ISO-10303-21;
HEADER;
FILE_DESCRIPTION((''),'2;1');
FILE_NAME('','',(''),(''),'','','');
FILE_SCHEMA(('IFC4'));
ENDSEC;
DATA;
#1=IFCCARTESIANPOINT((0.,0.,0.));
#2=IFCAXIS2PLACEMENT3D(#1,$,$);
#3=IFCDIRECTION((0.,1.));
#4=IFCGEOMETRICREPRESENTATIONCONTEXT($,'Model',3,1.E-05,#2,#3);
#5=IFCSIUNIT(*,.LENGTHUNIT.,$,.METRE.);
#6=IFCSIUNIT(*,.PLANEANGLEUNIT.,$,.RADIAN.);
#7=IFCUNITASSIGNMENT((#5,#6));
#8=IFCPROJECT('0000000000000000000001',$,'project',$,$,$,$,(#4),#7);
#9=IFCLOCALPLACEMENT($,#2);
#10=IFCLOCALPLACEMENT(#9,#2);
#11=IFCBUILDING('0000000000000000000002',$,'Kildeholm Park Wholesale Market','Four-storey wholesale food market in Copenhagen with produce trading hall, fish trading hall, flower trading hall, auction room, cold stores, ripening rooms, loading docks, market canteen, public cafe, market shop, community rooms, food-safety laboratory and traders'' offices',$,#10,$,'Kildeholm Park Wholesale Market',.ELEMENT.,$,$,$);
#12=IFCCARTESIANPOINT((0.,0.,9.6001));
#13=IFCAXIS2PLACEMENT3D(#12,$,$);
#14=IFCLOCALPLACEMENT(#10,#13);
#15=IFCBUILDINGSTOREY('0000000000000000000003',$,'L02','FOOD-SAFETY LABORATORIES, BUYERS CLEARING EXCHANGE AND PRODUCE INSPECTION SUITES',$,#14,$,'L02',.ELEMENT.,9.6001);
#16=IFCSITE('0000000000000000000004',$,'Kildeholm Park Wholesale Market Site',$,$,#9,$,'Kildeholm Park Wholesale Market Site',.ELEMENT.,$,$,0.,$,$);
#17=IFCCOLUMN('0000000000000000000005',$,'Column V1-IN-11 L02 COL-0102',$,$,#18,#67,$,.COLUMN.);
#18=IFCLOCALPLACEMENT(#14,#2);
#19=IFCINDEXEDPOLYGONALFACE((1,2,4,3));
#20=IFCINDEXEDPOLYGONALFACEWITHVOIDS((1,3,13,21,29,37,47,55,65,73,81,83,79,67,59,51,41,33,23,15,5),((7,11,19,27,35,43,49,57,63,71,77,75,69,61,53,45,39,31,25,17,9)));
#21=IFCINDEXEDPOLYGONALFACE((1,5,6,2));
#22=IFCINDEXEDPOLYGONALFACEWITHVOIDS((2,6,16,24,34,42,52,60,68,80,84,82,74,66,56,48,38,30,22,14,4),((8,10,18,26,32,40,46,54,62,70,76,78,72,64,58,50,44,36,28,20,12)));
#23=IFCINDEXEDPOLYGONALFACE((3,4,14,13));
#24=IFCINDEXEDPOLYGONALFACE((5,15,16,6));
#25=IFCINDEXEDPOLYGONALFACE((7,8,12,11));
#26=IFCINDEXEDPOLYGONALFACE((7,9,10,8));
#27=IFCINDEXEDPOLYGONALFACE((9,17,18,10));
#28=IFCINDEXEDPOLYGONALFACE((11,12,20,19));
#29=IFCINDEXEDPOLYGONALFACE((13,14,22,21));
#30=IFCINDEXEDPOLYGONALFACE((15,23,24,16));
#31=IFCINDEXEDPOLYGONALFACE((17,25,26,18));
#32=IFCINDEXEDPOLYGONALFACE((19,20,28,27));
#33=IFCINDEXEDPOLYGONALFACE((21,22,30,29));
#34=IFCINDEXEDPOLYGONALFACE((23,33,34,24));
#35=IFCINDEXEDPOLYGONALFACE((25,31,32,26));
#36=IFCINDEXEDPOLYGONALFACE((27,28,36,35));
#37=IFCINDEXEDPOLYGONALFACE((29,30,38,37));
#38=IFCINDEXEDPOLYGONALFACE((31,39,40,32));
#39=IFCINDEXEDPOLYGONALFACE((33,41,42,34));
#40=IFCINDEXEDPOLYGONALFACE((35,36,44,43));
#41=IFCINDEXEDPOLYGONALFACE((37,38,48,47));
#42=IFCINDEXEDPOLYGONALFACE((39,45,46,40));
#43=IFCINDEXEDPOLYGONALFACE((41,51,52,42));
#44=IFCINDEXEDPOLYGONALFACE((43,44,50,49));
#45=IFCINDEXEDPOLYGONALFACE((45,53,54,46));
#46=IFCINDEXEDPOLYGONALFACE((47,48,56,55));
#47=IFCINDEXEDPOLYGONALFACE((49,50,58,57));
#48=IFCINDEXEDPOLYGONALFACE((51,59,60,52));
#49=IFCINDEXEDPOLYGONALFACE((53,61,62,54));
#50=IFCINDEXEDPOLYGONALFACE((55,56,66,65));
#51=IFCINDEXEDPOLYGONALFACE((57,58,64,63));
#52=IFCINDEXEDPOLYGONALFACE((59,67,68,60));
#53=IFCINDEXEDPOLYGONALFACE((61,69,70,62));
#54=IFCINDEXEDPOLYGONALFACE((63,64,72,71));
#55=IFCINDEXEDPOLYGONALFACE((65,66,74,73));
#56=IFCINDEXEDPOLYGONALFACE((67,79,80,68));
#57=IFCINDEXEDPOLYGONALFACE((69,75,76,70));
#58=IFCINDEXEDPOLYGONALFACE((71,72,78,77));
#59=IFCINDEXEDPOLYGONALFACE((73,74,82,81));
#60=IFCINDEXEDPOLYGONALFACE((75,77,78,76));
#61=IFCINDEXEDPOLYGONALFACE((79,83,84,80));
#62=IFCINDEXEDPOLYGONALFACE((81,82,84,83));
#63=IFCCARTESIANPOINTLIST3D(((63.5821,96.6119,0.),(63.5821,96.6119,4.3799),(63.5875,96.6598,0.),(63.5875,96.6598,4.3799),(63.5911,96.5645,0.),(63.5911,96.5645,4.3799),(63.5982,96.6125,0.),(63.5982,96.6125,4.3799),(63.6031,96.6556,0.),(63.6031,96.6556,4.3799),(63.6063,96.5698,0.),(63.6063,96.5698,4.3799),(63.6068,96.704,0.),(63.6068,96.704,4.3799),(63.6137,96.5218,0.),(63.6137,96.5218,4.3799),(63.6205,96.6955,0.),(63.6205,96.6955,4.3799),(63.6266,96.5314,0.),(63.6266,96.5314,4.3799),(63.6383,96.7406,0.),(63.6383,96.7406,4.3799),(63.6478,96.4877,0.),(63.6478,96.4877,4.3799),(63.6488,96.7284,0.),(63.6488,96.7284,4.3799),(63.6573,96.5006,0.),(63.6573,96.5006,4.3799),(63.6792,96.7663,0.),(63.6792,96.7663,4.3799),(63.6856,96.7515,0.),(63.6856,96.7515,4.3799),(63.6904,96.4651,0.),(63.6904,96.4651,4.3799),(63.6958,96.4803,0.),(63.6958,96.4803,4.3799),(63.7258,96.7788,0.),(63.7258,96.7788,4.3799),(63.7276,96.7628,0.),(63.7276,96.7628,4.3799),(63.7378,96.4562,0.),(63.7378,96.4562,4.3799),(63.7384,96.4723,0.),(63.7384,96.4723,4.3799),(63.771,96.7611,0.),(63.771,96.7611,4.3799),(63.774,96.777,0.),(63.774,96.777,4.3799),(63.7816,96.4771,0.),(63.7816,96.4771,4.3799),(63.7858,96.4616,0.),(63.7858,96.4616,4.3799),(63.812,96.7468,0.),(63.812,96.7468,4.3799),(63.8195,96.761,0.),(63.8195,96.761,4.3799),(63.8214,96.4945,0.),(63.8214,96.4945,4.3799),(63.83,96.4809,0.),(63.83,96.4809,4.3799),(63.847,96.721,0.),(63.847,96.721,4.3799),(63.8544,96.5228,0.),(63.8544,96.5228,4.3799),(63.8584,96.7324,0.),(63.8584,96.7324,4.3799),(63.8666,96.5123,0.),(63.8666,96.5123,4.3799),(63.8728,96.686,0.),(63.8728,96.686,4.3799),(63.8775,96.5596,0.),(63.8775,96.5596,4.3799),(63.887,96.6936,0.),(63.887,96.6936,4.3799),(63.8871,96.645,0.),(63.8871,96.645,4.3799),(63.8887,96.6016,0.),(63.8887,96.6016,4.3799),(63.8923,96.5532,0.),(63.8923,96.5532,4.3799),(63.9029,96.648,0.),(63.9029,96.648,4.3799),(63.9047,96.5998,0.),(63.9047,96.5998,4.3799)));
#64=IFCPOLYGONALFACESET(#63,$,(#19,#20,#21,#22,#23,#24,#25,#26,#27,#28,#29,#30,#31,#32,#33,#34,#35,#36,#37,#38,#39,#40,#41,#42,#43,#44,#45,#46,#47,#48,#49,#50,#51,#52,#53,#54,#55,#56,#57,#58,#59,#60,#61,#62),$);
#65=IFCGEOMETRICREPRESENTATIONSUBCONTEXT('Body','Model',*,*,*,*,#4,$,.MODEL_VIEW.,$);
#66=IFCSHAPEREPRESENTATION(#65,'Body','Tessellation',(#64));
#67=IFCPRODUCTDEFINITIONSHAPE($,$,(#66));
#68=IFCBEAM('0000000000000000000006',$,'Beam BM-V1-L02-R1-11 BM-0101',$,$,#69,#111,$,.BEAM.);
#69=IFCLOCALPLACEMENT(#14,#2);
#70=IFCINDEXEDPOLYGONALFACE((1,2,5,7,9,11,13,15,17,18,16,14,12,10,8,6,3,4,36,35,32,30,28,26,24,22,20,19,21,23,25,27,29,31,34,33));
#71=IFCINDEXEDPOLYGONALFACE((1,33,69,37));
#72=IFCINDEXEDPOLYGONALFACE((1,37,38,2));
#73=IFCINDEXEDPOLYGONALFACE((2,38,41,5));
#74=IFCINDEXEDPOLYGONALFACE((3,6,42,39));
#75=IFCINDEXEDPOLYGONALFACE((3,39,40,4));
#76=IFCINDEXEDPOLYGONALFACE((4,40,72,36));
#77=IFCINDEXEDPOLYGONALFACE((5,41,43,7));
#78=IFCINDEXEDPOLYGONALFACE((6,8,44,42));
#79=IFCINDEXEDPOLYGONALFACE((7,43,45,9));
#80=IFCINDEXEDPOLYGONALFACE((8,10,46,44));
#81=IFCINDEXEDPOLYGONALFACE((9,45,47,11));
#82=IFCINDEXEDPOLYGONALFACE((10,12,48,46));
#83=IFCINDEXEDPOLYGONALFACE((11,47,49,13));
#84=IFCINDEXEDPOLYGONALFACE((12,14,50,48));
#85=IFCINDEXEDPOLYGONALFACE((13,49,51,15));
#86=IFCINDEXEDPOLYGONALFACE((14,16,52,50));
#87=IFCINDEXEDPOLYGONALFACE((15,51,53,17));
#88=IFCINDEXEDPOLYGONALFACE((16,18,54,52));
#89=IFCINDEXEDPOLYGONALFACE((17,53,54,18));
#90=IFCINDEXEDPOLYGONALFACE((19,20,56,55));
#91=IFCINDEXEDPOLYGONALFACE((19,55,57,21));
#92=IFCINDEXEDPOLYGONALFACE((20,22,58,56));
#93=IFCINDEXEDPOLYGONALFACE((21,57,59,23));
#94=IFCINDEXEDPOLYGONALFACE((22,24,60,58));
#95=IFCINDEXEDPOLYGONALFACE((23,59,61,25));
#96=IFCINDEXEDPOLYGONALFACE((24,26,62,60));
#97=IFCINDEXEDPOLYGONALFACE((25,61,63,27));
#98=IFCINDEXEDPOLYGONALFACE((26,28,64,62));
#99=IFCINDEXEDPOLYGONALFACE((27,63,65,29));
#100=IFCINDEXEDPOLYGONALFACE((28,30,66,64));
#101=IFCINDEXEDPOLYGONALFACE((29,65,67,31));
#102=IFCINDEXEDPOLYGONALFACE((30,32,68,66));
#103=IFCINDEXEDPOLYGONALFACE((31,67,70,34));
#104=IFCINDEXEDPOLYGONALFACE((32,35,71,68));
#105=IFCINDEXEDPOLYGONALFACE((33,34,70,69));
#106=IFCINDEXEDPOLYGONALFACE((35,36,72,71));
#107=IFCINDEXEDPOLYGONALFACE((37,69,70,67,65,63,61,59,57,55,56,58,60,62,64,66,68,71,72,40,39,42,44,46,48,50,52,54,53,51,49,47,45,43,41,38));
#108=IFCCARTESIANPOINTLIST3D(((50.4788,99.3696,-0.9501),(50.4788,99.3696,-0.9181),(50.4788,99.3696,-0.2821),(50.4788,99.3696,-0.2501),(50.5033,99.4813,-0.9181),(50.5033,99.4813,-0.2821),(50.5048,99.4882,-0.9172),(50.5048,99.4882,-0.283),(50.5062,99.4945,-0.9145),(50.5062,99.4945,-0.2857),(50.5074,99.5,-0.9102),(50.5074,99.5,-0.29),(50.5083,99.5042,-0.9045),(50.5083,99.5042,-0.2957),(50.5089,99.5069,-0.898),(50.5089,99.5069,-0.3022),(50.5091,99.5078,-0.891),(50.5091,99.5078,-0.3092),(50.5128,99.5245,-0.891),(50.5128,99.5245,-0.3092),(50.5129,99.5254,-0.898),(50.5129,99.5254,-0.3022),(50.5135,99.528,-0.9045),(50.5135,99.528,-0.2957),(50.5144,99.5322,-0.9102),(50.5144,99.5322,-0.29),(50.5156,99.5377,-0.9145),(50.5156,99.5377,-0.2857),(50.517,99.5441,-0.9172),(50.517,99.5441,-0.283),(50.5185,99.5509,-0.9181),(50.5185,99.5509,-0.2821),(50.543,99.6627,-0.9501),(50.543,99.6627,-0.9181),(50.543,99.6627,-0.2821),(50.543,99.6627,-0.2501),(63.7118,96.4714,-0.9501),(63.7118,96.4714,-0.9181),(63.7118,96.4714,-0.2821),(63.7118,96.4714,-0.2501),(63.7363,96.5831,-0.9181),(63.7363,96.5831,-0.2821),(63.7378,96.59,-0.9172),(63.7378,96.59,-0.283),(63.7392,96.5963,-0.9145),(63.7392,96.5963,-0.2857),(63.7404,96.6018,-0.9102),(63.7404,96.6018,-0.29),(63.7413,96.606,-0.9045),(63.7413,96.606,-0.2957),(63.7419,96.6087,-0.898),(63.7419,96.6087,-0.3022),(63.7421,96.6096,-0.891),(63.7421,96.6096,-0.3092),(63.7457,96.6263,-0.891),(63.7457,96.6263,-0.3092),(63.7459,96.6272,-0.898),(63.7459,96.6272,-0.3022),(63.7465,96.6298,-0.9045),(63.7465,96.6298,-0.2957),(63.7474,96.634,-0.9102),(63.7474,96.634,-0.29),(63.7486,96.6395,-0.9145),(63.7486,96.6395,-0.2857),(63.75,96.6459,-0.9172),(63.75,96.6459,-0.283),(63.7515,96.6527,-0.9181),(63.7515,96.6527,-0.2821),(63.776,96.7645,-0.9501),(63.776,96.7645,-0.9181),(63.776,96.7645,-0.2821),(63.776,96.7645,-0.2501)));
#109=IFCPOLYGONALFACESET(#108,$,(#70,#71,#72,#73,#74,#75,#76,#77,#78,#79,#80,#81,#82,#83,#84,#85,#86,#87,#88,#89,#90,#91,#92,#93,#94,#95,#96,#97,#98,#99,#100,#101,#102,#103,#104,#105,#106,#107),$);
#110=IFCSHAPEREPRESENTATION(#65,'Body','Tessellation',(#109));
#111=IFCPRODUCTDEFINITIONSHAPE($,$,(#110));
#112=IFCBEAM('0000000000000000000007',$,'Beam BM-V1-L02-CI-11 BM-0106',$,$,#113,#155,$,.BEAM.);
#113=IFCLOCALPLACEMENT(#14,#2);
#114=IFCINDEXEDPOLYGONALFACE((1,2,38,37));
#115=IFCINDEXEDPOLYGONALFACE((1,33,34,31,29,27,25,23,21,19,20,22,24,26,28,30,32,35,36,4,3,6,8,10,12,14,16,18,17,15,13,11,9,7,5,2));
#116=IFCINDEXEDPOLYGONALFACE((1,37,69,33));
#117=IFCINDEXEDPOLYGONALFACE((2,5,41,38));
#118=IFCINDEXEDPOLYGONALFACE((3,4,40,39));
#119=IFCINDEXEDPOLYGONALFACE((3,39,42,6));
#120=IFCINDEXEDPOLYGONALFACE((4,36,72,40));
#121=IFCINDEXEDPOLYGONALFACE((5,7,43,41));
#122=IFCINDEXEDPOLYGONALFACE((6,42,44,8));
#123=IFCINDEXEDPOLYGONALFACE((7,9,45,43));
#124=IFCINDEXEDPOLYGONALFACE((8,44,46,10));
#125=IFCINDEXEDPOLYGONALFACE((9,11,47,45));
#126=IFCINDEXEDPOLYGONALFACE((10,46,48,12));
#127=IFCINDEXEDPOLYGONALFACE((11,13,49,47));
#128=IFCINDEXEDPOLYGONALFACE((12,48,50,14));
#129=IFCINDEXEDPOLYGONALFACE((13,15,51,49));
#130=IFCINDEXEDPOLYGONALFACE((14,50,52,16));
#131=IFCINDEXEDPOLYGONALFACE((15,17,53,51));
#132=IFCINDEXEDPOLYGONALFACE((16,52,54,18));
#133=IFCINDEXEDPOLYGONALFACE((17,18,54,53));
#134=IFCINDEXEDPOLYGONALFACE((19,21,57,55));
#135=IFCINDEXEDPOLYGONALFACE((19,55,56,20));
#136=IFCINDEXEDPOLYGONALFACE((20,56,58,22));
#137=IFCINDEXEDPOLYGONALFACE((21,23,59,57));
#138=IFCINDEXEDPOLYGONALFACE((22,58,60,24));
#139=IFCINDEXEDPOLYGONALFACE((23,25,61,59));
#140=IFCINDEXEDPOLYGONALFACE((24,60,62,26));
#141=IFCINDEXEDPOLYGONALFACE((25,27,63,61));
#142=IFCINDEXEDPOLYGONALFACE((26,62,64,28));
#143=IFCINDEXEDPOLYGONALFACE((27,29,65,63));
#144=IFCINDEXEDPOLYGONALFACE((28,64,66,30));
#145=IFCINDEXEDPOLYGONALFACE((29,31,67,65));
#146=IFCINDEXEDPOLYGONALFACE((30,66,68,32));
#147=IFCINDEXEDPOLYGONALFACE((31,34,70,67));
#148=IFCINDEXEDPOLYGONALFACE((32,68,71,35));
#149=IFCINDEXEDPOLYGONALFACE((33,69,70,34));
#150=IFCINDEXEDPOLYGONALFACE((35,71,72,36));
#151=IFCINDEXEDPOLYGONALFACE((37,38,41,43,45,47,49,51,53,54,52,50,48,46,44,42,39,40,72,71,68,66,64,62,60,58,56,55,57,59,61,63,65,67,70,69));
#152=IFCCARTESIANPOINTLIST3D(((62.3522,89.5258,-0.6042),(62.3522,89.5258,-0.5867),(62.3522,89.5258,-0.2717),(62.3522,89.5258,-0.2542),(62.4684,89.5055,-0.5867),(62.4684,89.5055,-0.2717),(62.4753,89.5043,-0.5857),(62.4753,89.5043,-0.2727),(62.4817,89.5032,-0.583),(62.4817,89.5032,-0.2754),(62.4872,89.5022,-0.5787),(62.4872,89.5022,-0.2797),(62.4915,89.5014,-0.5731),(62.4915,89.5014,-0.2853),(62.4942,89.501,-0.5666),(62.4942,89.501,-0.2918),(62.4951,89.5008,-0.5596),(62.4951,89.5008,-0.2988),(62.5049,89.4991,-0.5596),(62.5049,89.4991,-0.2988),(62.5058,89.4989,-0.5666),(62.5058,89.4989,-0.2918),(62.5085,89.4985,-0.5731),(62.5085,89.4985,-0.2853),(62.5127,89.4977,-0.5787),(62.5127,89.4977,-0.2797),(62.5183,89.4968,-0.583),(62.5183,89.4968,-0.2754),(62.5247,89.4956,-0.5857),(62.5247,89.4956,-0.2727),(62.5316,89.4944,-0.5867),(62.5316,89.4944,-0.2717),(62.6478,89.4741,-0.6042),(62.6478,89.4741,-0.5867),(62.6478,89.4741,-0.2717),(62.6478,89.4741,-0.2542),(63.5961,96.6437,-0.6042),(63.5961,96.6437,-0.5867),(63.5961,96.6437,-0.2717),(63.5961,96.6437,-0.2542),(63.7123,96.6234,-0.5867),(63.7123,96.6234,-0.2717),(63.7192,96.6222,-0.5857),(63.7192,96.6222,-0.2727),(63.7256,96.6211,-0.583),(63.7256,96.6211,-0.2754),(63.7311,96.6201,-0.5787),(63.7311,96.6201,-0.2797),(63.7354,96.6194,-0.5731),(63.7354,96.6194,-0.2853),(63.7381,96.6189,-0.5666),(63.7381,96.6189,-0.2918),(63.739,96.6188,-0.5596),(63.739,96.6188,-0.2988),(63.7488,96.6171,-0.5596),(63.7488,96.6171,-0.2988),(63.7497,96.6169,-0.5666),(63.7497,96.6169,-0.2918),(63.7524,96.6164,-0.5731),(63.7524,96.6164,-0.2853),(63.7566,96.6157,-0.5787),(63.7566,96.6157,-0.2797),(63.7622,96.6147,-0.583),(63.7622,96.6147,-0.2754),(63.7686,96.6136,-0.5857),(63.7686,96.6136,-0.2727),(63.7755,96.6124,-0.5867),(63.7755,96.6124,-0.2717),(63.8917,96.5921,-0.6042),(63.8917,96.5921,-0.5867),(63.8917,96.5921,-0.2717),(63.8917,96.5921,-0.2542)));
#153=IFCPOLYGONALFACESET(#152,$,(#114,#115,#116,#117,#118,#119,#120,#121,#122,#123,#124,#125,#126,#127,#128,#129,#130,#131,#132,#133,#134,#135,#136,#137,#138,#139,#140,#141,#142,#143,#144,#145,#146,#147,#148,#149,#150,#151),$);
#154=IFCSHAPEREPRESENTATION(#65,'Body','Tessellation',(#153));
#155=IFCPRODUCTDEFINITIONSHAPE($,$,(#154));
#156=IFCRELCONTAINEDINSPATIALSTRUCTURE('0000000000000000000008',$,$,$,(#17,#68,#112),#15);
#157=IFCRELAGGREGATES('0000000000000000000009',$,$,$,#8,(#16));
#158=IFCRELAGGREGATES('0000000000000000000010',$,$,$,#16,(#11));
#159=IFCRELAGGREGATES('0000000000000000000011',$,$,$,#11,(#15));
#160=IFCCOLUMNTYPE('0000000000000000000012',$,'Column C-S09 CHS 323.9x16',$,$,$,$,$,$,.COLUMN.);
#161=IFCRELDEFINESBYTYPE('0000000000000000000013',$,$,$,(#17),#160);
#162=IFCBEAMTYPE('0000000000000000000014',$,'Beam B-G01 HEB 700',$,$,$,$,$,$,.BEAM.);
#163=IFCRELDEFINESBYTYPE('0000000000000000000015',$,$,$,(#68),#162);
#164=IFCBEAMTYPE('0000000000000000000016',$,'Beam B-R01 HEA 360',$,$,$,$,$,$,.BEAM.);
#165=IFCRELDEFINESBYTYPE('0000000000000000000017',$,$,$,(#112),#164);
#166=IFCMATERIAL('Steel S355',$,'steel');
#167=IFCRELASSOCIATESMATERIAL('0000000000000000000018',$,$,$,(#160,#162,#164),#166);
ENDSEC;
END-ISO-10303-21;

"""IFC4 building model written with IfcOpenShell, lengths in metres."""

from ifc_helpers import new_model, si_unit, direction, frame, origin, origin_2d, place, context, subcontext, project, spatial, hollow_circle, i_section, extrude, material, material_profile, profile_set, type_object, element, save


model = new_model("IFC4")

# Units and contexts
model_context = context("Model", 3, precision=1e-05, world=origin(), true_north=direction((0.0, 1.0)))
body_context = subcontext(model_context, "Body", "Model", "MODEL_VIEW")
ifc_project = project(units=[si_unit("LENGTHUNIT", "METRE"), si_unit("PLANEANGLEUNIT", "RADIAN")], contexts=[model_context])

# Site, building, storey
site_placement = place(None, origin())
site = spatial("IfcSite", under=ifc_project, at=site_placement, Name="Kildeholm Park Wholesale Market Site", LongName="Kildeholm Park Wholesale Market Site", CompositionType="ELEMENT", RefElevation=0.0)
building_placement = place(site_placement, origin())
building = spatial("IfcBuilding", under=site, at=building_placement, Name="Kildeholm Park Wholesale Market", Description="Four-storey wholesale food market in Copenhagen with produce trading hall, fish trading hall, flower trading hall, auction room, cold stores, ripening rooms, loading docks, market canteen, public cafe, market shop, community rooms, food-safety laboratory and traders' offices", LongName="Kildeholm Park Wholesale Market", CompositionType="ELEMENT")
storey_placement = place(building_placement, frame((0.0, 0.0, 9.6001)))
storey = spatial("IfcBuildingStorey", under=building, at=storey_placement, Name="L02", Description="FOOD-SAFETY LABORATORIES, BUYERS CLEARING EXCHANGE AND PRODUCE INSPECTION SUITES", LongName="L02", CompositionType="ELEMENT", Elevation=9.6001)

# Column
ifc_material_1 = material(Name="Steel S355", Category="steel")
ifc_material_profile_1 = material_profile(ifc_material_1, hollow_circle(Radius=0.1619, WallThickness=0.0161, at=origin_2d()), Name="CHS 323.9x16")
ifc_profile_set_1 = profile_set([ifc_material_profile_1], Name="Steel S355")
column_type = type_object("IfcColumnType", Name="Column C-S09 CHS 323.9x16", PredefinedType="COLUMN", material=ifc_profile_set_1)
column_placement = place(storey_placement, frame((63.7439, 96.6179, 0.0), z_axis=(0.0, 0.0, 1.0), x_axis=(-0.965926, 0.258819, 0.0)))
element("IfcColumn", 1, at=column_placement, inside=storey, type_object=column_type, Name="Column V1-IN-11 L02 COL-0102", PredefinedType="COLUMN", context=body_context, shape_type="SweptSolid", body=[
    extrude(hollow_circle(Radius=0.1619, WallThickness=0.0161, at=origin_2d()), origin(), (0.0, 0.0, 1.0), 4.3799),
])

# Beams
ifc_material_profile_2 = material_profile(ifc_material_1, i_section(OverallWidth=0.3, OverallDepth=0.7, WebThickness=0.0171, FlangeThickness=0.032, FilletRadius=0.0271, at=origin_2d()), Name="HEB 700")
ifc_profile_set_2 = profile_set([ifc_material_profile_2], Name="Steel S355")
beam_type_1 = type_object("IfcBeamType", Name="Beam B-G01 HEB 700", PredefinedType="BEAM", material=ifc_profile_set_2)
beam_1_placement = place(storey_placement, frame((63.7439, 96.6179, -0.6001), z_axis=(-0.976846, 0.213943, 0.0), x_axis=(-0.213943, -0.976846, 0.0)))
element("IfcBeam", 2, at=beam_1_placement, inside=storey, type_object=beam_type_1, Name="Beam BM-V1-L02-R1-11 BM-0101", PredefinedType="BEAM", context=body_context, shape_type="SweptSolid", body=[
    extrude(i_section(OverallWidth=0.3, OverallDepth=0.7, WebThickness=0.0171, FlangeThickness=0.032, FilletRadius=0.0271, at=origin_2d()), origin(), (0.0, 0.0, 1.0), 13.5466),
])
ifc_material_profile_3 = material_profile(ifc_material_1, i_section(OverallWidth=0.3, OverallDepth=0.3501, WebThickness=0.01, FlangeThickness=0.0176, FilletRadius=0.0271, at=origin_2d()), Name="HEA 360")
ifc_profile_set_3 = profile_set([ifc_material_profile_3], Name="Steel S355")
beam_type_2 = type_object("IfcBeamType", Name="Beam B-R01 HEA 360", PredefinedType="BEAM", material=ifc_profile_set_3)
beam_2_placement = place(storey_placement, frame((63.7439, 96.6179, -0.4292), z_axis=(-0.172147, -0.985071, 0.0), x_axis=(0.985071, -0.172147, 0.0)))
element("IfcBeam", 3, at=beam_2_placement, inside=storey, type_object=beam_type_2, Name="Beam BM-V1-L02-CI-11 BM-0106", PredefinedType="BEAM", context=body_context, shape_type="SweptSolid", body=[
    extrude(i_section(OverallWidth=0.3, OverallDepth=0.3501, WebThickness=0.01, FlangeThickness=0.0176, FilletRadius=0.0271, at=origin_2d()), origin(), (0.0, 0.0, 1.0), 7.2258),
])

save(model, "model.ifc")
